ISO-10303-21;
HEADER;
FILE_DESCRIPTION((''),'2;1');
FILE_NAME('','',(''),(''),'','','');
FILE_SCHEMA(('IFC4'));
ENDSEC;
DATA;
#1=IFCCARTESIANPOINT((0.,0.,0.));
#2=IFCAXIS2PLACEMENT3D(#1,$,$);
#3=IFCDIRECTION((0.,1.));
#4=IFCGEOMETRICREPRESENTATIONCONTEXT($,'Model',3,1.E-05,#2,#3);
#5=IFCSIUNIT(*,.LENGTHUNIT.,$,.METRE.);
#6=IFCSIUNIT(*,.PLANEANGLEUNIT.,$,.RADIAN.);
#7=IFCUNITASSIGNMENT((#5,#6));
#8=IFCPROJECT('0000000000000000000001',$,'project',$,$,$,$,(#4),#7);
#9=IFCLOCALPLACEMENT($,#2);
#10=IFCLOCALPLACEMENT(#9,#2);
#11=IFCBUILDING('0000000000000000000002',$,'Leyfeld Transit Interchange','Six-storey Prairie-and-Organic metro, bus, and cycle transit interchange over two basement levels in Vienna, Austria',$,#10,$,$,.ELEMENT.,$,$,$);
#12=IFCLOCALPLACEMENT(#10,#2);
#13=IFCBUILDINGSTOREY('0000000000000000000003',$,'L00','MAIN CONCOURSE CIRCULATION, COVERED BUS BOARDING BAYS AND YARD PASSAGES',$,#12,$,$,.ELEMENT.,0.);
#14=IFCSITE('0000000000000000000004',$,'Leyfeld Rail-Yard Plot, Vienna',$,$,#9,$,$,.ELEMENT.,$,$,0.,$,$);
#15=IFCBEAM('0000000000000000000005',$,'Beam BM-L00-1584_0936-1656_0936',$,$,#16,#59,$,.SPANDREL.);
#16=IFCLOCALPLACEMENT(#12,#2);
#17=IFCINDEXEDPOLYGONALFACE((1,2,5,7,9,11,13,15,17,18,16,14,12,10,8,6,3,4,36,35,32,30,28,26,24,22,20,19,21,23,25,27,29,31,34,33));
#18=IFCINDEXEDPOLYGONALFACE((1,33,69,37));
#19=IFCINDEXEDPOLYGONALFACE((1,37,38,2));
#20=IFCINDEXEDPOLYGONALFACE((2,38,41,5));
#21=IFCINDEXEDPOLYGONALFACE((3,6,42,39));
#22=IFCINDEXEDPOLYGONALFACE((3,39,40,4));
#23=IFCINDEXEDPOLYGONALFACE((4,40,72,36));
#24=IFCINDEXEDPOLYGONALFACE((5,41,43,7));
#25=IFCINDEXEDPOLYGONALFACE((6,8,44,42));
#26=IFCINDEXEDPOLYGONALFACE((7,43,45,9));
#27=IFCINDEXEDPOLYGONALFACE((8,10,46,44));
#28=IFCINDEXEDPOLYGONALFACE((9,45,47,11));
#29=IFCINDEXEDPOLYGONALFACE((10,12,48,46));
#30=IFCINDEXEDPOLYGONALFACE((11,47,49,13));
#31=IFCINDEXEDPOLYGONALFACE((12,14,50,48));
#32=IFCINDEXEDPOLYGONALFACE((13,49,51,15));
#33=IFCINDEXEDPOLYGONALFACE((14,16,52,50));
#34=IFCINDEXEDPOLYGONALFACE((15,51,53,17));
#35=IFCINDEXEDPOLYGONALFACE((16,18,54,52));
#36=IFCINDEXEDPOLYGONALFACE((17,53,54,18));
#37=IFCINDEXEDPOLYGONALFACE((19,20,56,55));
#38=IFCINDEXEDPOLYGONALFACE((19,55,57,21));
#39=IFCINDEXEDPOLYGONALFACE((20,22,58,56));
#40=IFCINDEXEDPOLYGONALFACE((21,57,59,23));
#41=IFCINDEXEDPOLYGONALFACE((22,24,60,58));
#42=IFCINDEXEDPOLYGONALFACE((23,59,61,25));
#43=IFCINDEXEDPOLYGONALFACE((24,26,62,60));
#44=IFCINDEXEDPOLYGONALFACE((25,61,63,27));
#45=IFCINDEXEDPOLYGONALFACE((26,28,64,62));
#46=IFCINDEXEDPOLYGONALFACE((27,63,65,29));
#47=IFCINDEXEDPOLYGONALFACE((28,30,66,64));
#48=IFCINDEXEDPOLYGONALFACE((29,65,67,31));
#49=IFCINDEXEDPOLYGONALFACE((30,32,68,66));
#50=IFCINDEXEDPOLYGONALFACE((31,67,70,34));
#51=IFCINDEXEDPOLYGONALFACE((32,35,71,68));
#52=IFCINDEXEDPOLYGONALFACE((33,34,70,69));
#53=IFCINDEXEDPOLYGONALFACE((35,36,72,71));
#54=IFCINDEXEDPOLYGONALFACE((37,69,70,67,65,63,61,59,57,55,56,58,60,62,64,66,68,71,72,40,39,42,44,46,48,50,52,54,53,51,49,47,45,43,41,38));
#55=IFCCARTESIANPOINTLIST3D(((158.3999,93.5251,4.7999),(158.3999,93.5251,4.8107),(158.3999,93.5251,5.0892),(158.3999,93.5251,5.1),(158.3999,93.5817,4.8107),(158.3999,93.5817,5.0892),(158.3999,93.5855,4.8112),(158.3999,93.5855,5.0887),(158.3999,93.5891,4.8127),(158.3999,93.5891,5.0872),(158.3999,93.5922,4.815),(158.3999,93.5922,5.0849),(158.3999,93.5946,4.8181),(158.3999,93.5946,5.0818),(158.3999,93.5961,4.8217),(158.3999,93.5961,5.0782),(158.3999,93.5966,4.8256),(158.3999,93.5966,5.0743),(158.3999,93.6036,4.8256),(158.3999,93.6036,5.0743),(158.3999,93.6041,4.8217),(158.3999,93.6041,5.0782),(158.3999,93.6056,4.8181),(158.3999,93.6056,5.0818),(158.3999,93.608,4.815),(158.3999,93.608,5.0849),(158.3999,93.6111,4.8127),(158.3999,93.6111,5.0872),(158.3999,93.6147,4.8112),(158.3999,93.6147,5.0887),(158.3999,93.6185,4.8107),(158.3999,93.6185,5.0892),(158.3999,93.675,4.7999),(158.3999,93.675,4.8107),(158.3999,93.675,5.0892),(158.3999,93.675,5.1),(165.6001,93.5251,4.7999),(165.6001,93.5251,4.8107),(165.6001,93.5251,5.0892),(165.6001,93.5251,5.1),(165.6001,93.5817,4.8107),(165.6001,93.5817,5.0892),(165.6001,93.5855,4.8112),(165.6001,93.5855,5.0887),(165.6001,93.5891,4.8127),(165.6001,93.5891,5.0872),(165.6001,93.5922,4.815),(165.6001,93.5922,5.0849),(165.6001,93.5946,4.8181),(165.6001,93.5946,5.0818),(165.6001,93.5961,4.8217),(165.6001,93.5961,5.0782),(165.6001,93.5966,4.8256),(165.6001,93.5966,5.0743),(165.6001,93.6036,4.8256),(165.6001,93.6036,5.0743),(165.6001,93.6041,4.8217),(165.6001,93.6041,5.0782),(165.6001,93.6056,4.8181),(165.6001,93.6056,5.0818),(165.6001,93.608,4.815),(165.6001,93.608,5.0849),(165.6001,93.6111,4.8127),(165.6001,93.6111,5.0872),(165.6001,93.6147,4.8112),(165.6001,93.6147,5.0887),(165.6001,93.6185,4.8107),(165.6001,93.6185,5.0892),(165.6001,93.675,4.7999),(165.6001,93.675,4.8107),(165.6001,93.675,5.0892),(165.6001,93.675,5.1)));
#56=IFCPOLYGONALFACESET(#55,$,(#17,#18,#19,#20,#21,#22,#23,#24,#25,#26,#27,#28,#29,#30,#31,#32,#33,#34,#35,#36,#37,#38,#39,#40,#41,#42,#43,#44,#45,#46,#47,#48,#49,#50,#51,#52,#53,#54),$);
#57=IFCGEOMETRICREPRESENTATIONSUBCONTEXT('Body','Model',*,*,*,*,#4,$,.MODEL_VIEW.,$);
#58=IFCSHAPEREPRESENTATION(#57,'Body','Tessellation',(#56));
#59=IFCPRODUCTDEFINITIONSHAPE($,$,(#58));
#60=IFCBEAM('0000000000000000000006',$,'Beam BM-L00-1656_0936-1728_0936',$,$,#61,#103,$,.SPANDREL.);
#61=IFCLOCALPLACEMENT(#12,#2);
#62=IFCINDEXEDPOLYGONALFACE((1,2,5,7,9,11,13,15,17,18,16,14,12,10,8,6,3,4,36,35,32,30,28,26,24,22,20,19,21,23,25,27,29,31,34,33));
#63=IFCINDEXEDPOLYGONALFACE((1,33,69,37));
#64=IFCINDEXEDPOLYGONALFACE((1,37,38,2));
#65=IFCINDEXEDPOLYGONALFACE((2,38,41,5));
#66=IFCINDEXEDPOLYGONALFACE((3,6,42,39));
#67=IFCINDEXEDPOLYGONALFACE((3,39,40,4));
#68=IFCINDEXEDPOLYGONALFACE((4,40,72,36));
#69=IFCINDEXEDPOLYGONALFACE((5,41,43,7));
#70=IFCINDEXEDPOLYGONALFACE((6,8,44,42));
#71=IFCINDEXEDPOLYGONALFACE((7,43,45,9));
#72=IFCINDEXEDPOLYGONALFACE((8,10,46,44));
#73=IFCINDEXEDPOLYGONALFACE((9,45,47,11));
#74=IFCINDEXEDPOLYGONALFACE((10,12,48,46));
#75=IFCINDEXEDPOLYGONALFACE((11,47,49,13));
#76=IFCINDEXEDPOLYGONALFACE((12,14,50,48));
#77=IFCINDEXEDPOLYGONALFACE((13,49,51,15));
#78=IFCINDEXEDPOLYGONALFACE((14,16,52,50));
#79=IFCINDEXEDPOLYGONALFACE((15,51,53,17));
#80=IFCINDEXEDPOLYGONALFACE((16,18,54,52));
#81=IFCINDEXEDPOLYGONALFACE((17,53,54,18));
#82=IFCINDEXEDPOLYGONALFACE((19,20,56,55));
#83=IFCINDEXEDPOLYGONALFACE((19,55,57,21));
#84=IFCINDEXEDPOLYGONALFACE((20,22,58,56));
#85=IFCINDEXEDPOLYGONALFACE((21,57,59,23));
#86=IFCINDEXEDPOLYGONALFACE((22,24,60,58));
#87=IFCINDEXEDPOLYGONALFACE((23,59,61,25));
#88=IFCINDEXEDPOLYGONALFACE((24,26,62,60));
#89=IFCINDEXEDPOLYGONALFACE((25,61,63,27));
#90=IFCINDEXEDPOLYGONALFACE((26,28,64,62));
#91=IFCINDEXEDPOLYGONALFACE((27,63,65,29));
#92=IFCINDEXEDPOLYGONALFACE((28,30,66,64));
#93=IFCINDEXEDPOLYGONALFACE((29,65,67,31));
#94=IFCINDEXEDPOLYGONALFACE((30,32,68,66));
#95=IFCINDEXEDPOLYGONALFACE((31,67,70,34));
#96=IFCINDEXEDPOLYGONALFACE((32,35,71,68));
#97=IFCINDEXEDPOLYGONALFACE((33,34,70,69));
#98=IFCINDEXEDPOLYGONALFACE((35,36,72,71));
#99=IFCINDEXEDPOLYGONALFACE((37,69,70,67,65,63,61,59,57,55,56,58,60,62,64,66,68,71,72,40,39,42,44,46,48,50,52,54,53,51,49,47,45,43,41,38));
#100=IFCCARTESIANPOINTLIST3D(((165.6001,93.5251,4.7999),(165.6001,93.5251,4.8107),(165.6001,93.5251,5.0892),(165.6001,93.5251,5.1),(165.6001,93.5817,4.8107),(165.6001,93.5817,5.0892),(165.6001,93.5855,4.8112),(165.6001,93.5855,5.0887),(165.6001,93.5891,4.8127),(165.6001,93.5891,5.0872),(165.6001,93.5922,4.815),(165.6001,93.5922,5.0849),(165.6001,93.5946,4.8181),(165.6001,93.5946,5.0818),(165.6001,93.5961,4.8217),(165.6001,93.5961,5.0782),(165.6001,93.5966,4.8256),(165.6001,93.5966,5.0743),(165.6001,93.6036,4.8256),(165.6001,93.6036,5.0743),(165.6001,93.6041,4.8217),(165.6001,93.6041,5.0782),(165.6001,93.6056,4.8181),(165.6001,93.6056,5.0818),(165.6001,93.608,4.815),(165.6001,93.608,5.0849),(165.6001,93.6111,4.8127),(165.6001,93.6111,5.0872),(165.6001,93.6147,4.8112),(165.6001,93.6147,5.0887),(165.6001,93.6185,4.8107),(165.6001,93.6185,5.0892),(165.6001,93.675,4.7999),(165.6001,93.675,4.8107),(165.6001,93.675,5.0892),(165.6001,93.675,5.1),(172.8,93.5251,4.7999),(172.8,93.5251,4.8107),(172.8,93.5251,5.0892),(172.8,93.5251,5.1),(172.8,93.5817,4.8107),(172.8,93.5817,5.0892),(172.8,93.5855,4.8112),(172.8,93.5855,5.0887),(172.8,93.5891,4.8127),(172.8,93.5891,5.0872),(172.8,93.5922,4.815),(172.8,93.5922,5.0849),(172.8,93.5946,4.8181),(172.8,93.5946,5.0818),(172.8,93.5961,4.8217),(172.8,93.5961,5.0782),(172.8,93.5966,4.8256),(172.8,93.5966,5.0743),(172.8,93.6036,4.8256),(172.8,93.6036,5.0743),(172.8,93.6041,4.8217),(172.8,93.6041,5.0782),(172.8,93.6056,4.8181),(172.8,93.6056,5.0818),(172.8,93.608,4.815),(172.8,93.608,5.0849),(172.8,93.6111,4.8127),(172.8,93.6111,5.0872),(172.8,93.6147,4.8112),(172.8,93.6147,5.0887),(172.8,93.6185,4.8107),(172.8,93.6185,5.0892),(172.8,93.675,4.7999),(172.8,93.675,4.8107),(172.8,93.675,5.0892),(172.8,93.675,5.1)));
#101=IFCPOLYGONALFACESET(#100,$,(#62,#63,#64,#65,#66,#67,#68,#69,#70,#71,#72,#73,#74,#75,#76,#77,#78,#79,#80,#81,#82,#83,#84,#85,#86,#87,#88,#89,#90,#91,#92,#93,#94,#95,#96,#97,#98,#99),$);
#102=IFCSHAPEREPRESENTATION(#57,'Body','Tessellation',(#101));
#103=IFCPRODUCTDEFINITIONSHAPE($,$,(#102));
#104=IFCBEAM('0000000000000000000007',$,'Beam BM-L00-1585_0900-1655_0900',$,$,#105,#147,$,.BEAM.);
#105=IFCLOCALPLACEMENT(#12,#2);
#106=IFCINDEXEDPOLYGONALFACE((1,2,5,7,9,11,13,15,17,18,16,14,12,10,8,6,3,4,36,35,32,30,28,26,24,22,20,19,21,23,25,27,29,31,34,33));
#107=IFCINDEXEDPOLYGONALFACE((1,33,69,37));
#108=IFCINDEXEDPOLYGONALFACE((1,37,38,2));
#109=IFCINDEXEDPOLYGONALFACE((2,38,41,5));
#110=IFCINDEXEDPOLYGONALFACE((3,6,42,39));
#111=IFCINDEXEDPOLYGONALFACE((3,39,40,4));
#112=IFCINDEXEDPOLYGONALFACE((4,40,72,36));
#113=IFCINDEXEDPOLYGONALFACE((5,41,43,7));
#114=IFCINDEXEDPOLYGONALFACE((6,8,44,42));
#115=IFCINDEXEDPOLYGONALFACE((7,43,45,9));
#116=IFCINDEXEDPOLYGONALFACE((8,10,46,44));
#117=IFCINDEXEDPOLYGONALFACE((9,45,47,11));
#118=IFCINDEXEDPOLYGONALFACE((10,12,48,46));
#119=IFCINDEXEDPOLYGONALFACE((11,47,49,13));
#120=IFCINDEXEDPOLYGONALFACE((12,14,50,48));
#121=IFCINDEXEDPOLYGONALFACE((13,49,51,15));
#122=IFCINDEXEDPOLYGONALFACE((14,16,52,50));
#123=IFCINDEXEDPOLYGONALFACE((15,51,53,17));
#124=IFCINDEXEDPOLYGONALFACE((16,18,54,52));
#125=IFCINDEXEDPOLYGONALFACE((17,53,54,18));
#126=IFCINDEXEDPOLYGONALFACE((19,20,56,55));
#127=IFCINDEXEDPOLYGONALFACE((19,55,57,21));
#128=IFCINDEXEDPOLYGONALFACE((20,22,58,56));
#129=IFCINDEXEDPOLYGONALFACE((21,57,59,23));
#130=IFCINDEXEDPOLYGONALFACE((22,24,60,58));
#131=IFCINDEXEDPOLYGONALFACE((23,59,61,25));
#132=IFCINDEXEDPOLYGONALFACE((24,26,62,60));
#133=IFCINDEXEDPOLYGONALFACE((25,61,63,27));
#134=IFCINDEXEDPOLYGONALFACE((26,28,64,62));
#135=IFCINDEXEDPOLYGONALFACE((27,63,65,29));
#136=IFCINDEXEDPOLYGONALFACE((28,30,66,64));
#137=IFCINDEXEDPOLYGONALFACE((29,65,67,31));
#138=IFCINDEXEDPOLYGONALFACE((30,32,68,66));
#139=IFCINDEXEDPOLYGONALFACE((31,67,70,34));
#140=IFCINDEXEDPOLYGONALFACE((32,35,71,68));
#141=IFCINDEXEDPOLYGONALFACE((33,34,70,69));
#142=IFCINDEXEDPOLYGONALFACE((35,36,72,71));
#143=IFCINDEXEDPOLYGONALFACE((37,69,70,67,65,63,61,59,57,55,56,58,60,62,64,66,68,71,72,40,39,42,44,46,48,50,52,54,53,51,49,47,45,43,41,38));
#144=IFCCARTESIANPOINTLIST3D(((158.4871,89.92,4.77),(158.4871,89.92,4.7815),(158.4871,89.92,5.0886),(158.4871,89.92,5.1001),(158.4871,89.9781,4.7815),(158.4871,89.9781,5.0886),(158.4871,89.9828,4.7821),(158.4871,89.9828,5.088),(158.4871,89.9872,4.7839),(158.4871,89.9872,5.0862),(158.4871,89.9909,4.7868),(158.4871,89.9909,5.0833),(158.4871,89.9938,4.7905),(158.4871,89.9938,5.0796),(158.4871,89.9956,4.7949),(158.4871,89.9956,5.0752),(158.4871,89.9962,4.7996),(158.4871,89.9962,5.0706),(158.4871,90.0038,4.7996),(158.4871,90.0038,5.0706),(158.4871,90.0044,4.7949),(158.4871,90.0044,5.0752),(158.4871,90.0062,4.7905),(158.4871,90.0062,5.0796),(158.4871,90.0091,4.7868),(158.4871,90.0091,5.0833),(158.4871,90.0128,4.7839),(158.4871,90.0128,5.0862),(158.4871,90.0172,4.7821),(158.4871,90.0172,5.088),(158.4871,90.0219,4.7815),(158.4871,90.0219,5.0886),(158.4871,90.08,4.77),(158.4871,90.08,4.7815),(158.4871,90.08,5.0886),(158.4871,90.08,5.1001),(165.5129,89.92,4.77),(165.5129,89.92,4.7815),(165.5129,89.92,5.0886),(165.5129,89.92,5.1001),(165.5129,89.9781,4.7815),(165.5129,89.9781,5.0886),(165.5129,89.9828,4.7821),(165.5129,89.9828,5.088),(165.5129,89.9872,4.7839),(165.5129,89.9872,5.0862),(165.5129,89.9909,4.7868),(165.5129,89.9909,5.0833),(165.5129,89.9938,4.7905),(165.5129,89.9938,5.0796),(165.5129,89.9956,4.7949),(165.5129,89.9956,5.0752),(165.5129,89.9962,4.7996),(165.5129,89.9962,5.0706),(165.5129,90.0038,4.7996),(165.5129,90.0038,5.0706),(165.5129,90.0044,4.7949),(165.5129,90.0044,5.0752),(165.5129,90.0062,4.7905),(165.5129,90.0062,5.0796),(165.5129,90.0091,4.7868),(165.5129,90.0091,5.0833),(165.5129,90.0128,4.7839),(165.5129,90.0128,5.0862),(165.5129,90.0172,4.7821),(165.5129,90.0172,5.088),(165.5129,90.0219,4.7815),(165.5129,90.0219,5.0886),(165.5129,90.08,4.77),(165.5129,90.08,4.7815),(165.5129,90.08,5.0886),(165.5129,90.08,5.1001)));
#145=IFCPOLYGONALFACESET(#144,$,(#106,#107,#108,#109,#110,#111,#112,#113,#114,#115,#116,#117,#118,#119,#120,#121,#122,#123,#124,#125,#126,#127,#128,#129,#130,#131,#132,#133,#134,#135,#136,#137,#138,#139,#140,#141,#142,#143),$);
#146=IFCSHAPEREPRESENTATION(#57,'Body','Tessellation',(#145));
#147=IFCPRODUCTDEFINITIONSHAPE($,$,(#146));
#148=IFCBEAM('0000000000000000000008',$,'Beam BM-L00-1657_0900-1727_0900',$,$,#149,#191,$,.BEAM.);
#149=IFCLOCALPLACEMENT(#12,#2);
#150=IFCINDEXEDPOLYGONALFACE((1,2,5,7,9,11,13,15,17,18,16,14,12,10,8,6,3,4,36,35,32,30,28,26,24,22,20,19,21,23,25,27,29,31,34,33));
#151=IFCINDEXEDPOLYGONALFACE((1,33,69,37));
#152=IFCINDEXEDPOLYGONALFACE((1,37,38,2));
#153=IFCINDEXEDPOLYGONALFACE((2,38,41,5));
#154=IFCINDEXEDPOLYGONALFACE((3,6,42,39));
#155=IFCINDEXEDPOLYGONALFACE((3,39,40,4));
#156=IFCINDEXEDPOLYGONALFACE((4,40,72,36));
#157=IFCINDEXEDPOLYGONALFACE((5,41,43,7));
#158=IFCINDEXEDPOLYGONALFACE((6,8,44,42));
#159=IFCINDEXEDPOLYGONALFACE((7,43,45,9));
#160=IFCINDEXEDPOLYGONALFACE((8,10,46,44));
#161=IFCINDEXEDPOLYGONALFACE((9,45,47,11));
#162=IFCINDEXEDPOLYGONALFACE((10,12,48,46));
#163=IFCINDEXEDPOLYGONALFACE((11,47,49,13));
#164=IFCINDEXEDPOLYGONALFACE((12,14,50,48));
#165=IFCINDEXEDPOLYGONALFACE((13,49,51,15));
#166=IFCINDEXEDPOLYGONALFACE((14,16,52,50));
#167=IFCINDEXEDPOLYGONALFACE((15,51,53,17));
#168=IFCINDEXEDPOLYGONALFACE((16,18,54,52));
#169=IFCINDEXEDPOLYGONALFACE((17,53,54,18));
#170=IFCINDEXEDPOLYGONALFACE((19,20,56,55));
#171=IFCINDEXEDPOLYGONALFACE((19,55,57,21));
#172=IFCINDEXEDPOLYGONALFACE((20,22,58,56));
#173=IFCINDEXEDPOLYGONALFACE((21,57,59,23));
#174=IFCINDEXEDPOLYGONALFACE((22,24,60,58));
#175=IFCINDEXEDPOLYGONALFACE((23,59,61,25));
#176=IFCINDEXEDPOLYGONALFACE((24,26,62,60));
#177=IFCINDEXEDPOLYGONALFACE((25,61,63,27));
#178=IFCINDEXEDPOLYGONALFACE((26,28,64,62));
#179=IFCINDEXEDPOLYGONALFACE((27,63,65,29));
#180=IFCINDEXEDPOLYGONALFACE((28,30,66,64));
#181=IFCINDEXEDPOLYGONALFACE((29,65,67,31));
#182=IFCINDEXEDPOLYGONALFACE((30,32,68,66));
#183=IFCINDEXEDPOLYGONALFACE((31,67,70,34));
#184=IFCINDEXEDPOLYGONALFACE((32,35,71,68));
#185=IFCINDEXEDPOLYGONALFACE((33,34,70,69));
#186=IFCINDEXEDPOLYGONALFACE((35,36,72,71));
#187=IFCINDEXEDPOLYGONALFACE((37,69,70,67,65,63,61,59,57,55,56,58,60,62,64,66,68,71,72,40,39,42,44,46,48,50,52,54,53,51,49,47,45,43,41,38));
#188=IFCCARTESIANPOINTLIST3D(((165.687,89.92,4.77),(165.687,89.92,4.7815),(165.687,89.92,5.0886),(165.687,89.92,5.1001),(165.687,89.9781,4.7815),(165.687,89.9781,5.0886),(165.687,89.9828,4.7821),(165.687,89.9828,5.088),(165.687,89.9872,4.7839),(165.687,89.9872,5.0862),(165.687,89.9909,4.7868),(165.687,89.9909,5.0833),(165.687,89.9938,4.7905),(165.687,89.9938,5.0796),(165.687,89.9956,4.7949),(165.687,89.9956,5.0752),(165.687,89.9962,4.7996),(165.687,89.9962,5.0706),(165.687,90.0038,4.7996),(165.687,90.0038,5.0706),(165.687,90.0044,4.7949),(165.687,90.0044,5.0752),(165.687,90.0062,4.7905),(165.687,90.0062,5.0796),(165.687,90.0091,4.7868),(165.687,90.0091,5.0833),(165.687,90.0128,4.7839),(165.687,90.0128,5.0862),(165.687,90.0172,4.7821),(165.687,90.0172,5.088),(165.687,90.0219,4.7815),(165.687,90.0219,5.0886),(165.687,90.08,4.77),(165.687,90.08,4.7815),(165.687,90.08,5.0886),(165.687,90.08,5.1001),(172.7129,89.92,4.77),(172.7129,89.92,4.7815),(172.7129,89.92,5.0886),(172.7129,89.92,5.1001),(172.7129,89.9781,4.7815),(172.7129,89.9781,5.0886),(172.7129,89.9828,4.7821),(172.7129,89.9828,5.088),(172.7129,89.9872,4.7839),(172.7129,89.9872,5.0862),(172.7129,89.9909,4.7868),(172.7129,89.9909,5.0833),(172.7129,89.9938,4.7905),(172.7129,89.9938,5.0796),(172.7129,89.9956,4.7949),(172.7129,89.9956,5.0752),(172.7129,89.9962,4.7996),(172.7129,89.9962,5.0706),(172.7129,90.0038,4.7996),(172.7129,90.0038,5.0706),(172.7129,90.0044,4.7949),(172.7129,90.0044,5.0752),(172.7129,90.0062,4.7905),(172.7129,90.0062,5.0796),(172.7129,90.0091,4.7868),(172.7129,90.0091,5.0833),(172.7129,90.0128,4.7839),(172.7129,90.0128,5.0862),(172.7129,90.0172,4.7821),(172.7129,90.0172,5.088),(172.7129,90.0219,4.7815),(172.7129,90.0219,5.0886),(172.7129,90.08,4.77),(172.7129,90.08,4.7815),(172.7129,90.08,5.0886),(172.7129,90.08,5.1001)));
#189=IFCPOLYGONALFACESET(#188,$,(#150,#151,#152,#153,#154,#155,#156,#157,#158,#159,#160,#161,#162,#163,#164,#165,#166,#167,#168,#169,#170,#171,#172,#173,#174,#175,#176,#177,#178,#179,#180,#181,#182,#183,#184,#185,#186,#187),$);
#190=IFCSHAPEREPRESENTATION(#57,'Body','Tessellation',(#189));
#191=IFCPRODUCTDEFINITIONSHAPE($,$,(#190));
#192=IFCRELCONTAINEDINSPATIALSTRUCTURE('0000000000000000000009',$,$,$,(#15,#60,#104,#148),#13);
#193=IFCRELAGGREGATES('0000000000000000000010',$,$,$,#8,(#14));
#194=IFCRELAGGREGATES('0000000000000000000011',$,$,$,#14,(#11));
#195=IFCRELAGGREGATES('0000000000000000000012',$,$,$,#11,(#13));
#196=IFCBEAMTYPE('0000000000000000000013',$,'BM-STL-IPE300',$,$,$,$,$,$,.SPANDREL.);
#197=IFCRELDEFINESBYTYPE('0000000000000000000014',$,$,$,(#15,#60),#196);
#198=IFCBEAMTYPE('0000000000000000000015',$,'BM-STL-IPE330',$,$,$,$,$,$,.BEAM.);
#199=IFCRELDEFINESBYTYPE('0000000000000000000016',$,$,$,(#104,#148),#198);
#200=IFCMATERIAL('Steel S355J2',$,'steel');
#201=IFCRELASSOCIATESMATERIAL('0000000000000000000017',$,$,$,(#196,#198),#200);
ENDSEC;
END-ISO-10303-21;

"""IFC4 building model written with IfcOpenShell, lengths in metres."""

from ifc_helpers import new_model, si_unit, direction, frame, origin, origin_2d, place, context, subcontext, project, spatial, i_section, extrude, material, material_profile, profile_set, type_object, element, save


model = new_model("IFC4")

# Units and contexts
model_context = context("Model", 3, precision=1e-05, world=origin(), true_north=direction((0.0, 1.0)))
body_context = subcontext(model_context, "Body", "Model", "MODEL_VIEW")
ifc_project = project(units=[si_unit("LENGTHUNIT", "METRE"), si_unit("PLANEANGLEUNIT", "RADIAN")], contexts=[model_context])

# Site, building, storey
site_placement = place(None, origin())
site = spatial("IfcSite", under=ifc_project, at=site_placement, Name="Leyfeld Rail-Yard Plot, Vienna", CompositionType="ELEMENT", RefElevation=0.0)
building_placement = place(site_placement, origin())
building = spatial("IfcBuilding", under=site, at=building_placement, Name="Leyfeld Transit Interchange", Description="Six-storey Prairie-and-Organic metro, bus, and cycle transit interchange over two basement levels in Vienna, Austria", CompositionType="ELEMENT")
storey_placement = place(building_placement, origin())
storey = spatial("IfcBuildingStorey", under=building, at=storey_placement, Name="L00", Description="MAIN CONCOURSE CIRCULATION, COVERED BUS BOARDING BAYS AND YARD PASSAGES", CompositionType="ELEMENT", Elevation=0.0)

# Beams
ifc_material_1 = material(Name="Steel S355J2", Category="steel")
ifc_material_profile_1 = material_profile(ifc_material_1, i_section(OverallWidth=0.1499, OverallDepth=0.3, WebThickness=0.0071, FlangeThickness=0.0107, FilletRadius=0.0149, at=origin_2d()), Name="IPE 300")
ifc_profile_set_1 = profile_set([ifc_material_profile_1], Name="Steel S355J2")
beam_type_1 = type_object("IfcBeamType", Name="BM-STL-IPE300", PredefinedType="SPANDREL", material=ifc_profile_set_1)
beam_1_placement = place(storey_placement, frame((158.3999, 93.6001, 4.95), z_axis=(1.0, 0.0, 0.0), x_axis=(0.0, 1.0, 0.0)))
element("IfcBeam", 1, at=beam_1_placement, inside=storey, type_object=beam_type_1, Name="Beam BM-L00-1584_0936-1656_0936", PredefinedType="SPANDREL", context=body_context, shape_type="SweptSolid", body=[
    extrude(i_section(OverallWidth=0.1499, OverallDepth=0.3, WebThickness=0.0071, FlangeThickness=0.0107, FilletRadius=0.0149, at=origin_2d()), origin(), (0.0, 0.0, 1.0), 7.2002),
])
beam_2_placement = place(storey_placement, frame((165.6001, 93.6001, 4.95), z_axis=(1.0, 0.0, 0.0), x_axis=(0.0, 1.0, 0.0)))
element("IfcBeam", 2, at=beam_2_placement, inside=storey, type_object=beam_type_1, Name="Beam BM-L00-1656_0936-1728_0936", PredefinedType="SPANDREL", context=body_context, shape_type="SweptSolid", body=[
    extrude(i_section(OverallWidth=0.1499, OverallDepth=0.3, WebThickness=0.0071, FlangeThickness=0.0107, FilletRadius=0.0149, at=origin_2d()), origin(), (0.0, 0.0, 1.0), 7.2),
])
ifc_material_profile_2 = material_profile(ifc_material_1, i_section(OverallWidth=0.1599, OverallDepth=0.3301, WebThickness=0.0076, FlangeThickness=0.0115, FilletRadius=0.0181, at=origin_2d()), Name="IPE 330")
ifc_profile_set_2 = profile_set([ifc_material_profile_2], Name="Steel S355J2")
beam_type_2 = type_object("IfcBeamType", Name="BM-STL-IPE330", PredefinedType="BEAM", material=ifc_profile_set_2)
for number, where, z_axis, x_axis, name in (
    (3, (158.4871, 90.0, 4.9351), (1.0, 0.0, 0.0), (0.0, 1.0, 0.0), "Beam BM-L00-1585_0900-1655_0900"),
    (4, (165.687, 90.0, 4.9351), (1.0, 0.0, 0.0), (0.0, 1.0, 0.0), "Beam BM-L00-1657_0900-1727_0900"),
):
    element("IfcBeam", number, at=place(storey_placement, frame(where, z_axis=z_axis, x_axis=x_axis)), inside=storey, type_object=beam_type_2, Name=name, PredefinedType="BEAM", context=body_context, shape_type="SweptSolid", body=[
        extrude(i_section(OverallWidth=0.1599, OverallDepth=0.3301, WebThickness=0.0076, FlangeThickness=0.0115, FilletRadius=0.0181, at=origin_2d()), origin(), (0.0, 0.0, 1.0), 7.0259),
    ])

save(model, "model.ifc")
